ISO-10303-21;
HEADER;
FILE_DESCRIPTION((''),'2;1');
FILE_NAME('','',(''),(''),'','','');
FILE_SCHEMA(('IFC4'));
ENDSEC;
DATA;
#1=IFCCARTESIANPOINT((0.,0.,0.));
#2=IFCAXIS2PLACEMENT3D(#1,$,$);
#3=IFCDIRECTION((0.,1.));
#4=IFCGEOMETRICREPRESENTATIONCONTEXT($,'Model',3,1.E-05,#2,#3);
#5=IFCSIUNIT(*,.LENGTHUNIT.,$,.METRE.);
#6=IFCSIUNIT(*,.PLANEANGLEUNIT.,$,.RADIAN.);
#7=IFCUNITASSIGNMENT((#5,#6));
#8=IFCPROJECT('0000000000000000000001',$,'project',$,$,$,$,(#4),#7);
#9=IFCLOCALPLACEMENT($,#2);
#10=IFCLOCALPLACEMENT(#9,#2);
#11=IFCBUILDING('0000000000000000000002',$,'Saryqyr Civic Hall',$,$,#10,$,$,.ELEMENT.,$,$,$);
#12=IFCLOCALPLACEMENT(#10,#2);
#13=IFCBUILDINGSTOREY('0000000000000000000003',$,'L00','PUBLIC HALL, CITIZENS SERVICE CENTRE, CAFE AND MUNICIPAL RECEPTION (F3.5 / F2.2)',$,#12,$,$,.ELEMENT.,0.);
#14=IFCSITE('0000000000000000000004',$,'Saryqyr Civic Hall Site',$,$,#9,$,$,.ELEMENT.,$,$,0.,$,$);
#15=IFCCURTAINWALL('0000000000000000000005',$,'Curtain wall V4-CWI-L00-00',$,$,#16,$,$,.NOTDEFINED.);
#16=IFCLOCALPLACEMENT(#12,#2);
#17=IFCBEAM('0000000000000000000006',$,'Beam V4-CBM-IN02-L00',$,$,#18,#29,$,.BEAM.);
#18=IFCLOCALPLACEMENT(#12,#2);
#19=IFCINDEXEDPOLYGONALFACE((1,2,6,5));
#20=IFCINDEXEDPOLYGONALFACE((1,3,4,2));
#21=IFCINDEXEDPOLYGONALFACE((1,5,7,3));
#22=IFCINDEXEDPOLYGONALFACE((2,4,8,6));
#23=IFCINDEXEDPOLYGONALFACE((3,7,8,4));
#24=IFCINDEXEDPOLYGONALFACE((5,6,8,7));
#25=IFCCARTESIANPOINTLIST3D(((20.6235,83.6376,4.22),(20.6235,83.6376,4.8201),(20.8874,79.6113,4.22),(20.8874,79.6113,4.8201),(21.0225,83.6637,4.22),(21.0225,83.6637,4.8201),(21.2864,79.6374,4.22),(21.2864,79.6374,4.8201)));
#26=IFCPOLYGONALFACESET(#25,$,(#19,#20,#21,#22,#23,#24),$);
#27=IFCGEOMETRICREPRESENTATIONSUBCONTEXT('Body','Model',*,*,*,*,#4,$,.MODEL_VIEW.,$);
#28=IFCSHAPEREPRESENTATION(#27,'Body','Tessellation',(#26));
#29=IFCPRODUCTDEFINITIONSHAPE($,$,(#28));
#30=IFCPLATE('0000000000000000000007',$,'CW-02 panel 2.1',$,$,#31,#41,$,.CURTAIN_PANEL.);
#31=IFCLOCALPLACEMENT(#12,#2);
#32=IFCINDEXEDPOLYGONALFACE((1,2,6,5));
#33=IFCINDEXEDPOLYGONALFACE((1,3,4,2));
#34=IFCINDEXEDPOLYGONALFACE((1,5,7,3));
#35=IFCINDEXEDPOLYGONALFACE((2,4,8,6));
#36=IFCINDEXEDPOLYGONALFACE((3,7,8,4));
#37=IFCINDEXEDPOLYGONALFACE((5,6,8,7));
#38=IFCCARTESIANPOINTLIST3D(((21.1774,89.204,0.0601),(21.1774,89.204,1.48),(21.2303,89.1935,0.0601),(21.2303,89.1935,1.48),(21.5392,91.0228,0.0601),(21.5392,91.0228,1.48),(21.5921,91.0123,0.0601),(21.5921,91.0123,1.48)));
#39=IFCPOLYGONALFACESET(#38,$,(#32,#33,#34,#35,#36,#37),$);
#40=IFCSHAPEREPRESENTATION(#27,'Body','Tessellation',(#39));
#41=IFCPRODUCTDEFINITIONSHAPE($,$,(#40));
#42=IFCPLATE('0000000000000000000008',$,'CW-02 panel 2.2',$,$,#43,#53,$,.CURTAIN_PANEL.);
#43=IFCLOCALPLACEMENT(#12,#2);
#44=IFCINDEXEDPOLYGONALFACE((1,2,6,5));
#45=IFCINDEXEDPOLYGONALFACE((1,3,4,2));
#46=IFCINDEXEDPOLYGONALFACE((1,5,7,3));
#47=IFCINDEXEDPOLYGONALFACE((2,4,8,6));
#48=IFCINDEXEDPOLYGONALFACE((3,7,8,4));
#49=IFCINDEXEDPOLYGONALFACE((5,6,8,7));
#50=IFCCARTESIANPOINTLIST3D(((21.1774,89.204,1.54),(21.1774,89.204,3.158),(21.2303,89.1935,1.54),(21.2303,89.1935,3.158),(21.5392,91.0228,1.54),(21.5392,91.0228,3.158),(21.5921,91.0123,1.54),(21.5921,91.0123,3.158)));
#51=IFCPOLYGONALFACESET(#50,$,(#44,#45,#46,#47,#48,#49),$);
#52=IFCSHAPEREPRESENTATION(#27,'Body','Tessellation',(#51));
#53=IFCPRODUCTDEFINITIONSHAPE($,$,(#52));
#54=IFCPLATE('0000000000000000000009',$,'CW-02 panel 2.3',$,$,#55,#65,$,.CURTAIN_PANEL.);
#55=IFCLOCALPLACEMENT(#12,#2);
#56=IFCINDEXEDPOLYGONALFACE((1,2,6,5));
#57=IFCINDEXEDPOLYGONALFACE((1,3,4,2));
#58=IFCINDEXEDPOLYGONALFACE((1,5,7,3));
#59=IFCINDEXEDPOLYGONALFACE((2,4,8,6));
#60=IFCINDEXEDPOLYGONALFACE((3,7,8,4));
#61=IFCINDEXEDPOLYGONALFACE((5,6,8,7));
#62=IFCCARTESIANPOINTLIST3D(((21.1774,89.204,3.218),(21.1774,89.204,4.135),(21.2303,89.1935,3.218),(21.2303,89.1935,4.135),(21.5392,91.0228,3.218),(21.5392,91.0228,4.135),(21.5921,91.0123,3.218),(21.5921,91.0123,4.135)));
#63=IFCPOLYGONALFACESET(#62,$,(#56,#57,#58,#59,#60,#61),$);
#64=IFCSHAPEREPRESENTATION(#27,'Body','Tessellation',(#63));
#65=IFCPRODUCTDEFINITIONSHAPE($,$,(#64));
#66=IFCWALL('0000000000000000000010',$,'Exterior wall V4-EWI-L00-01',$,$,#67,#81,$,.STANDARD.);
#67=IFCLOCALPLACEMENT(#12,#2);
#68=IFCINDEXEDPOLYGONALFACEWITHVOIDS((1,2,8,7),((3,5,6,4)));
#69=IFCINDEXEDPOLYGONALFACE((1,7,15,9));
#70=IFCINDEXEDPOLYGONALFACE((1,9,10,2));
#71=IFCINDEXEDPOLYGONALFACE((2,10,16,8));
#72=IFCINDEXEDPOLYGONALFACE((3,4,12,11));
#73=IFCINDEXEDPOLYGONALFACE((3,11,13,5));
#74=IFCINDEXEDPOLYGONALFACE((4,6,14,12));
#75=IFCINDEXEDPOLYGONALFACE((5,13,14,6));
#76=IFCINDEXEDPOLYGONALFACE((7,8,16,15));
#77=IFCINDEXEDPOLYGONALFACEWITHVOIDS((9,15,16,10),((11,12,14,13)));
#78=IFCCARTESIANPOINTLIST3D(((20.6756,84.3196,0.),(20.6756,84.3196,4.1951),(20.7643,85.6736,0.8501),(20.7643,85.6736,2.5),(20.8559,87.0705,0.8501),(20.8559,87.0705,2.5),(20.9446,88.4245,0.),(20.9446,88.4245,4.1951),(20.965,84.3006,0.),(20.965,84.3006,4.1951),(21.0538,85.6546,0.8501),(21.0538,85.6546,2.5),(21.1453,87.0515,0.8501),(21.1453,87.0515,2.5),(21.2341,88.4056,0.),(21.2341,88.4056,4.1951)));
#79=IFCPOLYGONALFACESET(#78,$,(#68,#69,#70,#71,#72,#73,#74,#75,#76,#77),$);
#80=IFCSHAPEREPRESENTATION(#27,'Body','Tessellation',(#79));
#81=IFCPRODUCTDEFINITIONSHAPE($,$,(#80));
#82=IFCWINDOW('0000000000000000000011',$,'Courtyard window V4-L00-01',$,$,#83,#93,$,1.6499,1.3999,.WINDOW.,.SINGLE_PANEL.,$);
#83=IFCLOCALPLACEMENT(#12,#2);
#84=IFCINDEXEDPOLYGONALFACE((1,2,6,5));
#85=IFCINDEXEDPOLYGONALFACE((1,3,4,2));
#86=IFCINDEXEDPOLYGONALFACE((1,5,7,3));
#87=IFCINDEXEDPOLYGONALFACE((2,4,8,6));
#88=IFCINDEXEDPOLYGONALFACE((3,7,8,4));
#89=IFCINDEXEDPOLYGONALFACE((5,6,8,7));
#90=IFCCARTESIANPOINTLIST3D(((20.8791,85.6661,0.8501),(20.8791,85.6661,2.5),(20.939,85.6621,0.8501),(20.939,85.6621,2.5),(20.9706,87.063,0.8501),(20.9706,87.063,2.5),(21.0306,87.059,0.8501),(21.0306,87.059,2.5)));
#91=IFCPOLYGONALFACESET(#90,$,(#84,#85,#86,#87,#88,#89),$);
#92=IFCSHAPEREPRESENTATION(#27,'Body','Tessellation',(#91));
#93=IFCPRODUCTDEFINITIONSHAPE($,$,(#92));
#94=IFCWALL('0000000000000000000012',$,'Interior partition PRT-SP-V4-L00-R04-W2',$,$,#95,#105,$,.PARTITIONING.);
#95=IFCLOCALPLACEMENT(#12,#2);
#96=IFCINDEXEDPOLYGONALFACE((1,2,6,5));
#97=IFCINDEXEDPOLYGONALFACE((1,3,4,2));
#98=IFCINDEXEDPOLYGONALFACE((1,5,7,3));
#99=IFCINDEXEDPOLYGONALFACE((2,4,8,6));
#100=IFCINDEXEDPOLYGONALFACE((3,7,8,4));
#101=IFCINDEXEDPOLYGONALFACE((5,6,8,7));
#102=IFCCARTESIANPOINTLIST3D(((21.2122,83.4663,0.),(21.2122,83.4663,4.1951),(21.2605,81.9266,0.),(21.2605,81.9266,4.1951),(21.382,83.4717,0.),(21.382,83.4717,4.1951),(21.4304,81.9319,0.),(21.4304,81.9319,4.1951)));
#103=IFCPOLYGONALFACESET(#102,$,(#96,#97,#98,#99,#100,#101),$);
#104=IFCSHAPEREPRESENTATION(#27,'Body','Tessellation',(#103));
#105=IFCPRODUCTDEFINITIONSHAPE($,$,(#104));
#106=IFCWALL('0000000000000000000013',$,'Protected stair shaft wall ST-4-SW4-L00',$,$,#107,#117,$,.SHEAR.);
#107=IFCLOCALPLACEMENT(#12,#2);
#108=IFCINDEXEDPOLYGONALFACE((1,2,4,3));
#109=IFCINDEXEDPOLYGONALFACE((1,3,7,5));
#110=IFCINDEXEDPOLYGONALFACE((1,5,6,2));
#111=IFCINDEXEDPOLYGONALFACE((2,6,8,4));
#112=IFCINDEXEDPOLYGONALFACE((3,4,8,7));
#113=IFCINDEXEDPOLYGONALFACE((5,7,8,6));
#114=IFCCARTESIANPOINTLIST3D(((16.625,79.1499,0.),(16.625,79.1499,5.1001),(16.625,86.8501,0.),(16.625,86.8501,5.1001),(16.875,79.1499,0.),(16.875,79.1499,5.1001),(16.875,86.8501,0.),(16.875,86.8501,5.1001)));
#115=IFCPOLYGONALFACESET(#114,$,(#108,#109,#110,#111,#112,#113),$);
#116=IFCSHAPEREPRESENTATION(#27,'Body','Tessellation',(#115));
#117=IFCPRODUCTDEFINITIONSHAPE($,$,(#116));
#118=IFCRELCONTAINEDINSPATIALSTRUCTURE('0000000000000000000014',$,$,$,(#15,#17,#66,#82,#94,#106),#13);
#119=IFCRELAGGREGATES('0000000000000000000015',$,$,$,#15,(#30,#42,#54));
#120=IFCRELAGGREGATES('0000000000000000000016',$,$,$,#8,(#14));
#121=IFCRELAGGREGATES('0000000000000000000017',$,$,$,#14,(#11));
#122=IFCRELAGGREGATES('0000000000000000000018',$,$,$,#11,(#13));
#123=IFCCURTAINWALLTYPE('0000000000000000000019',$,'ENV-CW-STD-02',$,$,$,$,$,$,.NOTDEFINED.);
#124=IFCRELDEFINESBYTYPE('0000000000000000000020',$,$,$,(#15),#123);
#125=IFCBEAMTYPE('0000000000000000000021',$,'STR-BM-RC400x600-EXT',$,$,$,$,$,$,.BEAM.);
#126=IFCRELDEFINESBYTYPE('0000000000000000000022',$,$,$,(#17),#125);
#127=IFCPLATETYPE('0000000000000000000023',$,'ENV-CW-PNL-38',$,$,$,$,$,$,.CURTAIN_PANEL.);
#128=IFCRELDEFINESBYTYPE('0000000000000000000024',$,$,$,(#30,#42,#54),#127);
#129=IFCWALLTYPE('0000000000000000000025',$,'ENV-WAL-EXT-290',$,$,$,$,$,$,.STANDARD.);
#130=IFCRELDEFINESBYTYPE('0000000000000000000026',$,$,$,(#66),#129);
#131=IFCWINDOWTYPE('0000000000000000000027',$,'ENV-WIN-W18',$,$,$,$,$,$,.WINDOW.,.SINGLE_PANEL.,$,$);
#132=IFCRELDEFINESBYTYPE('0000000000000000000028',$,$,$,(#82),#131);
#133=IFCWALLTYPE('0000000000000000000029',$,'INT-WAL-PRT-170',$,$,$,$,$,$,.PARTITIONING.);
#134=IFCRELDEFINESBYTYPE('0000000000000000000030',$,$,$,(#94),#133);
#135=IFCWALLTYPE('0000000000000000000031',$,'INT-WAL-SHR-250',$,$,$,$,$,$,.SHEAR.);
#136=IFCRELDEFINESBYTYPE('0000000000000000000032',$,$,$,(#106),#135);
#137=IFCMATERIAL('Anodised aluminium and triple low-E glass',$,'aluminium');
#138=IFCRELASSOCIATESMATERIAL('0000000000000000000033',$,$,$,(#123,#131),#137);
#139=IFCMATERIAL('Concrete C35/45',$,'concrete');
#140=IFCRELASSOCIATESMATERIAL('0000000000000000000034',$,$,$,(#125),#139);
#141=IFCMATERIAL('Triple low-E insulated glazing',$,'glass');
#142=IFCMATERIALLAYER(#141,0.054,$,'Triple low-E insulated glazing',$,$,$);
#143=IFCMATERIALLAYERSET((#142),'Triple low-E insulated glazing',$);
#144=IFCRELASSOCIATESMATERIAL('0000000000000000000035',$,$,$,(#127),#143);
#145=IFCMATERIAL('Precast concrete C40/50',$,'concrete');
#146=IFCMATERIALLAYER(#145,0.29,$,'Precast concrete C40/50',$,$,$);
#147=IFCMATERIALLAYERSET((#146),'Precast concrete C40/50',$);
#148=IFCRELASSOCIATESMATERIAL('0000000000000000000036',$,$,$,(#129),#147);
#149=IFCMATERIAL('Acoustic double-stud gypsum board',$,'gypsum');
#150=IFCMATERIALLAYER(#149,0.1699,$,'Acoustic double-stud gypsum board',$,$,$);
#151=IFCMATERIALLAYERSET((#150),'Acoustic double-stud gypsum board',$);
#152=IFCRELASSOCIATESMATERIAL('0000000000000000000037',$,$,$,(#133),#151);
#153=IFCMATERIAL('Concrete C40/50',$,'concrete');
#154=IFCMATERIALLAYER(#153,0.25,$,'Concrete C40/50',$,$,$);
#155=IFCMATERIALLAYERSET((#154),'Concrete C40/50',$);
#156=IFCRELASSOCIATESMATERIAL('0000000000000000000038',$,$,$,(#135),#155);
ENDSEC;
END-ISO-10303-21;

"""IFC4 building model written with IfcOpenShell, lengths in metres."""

from ifc_helpers import new_model, si_unit, direction, frame, frame_2d, origin, origin_2d, place, context, subcontext, project, spatial, rectangle, extrude, material, layer, layer_set, material_profile, profile_set, type_object, element, fill, aggregate, save


model = new_model("IFC4")

# Units and contexts
model_context = context("Model", 3, precision=1e-05, world=origin(), true_north=direction((0.0, 1.0)))
body_context = subcontext(model_context, "Body", "Model", "MODEL_VIEW")
ifc_project = project(units=[si_unit("LENGTHUNIT", "METRE"), si_unit("PLANEANGLEUNIT", "RADIAN")], contexts=[model_context])

# Site, building, storey
site_placement = place(None, origin())
site = spatial("IfcSite", under=ifc_project, at=site_placement, Name="Saryqyr Civic Hall Site", CompositionType="ELEMENT", RefElevation=0.0)
building_placement = place(site_placement, origin())
building = spatial("IfcBuilding", under=site, at=building_placement, Name="Saryqyr Civic Hall", CompositionType="ELEMENT")
storey_placement = place(building_placement, origin())
storey = spatial("IfcBuildingStorey", under=building, at=storey_placement, Name="L00", Description="PUBLIC HALL, CITIZENS SERVICE CENTRE, CAFE AND MUNICIPAL RECEPTION (F3.5 / F2.2)", CompositionType="ELEMENT", Elevation=0.0)

# Shared definitions
ifc_material_1 = material(Name="Concrete C40/50", Category="concrete")

# Curtain wall
ifc_material_2 = material(Name="Anodised aluminium and triple low-E glass", Category="aluminium")
curtain_wall_type = type_object("IfcCurtainWallType", Name="ENV-CW-STD-02", PredefinedType="NOTDEFINED", material=ifc_material_2)
curtain_wall_1_placement = place(storey_placement, origin())
curtain_wall_1 = element("IfcCurtainWall", 1, at=curtain_wall_1_placement, inside=storey, type_object=curtain_wall_type, Name="Curtain wall V4-CWI-L00-00", PredefinedType="NOTDEFINED")

# Beam
ifc_material_3 = material(Name="Concrete C35/45", Category="concrete")
ifc_material_profile_1 = material_profile(ifc_material_3, rectangle(XDim=0.3999, YDim=0.6001, at=origin_2d()), Name="RC 400x600")
ifc_profile_set_1 = profile_set([ifc_material_profile_1], Name="Concrete C35/45")
beam_type_1 = type_object("IfcBeamType", Name="STR-BM-RC400x600-EXT", PredefinedType="BEAM", material=ifc_profile_set_1)
for number, where, z_axis, x_axis, name in (
    (2, (20.823, 83.6506, 4.52), (0.065407, -0.997859, 0.0), (0.997859, 0.065407, 0.0), "Beam V4-CBM-IN02-L00"),
):
    element("IfcBeam", number, at=place(storey_placement, frame(where, z_axis=z_axis, x_axis=x_axis)), inside=storey, type_object=beam_type_1, Name=name, PredefinedType="BEAM", context=body_context, shape_type="SweptSolid", body=[
        extrude(rectangle(XDim=0.3999, YDim=0.6001, at=origin_2d()), origin(), (0.0, 0.0, 1.0), 4.0349),
    ])

# Plates
ifc_material_4 = material(Name="Triple low-E insulated glazing", Category="glass")
ifc_layer_1 = layer(ifc_material_4, 0.054, Name="Triple low-E insulated glazing")
ifc_layer_set_1 = layer_set([ifc_layer_1], Name="Triple low-E insulated glazing")
plate_type = type_object("IfcPlateType", Name="ENV-CW-PNL-38", PredefinedType="CURTAIN_PANEL", material=ifc_layer_set_1)
plate_1_placement = place(storey_placement, frame((21.3848, 90.1082, 0.0601), z_axis=(0.0, 0.0, 1.0), x_axis=(-0.195117, -0.98078, 0.0)))
plate_1 = element("IfcPlate", 3, at=plate_1_placement, type_object=plate_type, Name="CW-02 panel 2.1", PredefinedType="CURTAIN_PANEL", context=body_context, shape_type="SweptSolid", body=[
    extrude(rectangle(XDim=1.8545, YDim=0.054, at=origin_2d()), origin(), (0.0, 0.0, 1.0), 1.4199),
])
plate_2_placement = place(storey_placement, frame((21.3848, 90.1082, 1.54), z_axis=(0.0, 0.0, 1.0), x_axis=(-0.195117, -0.98078, 0.0)))
plate_2 = element("IfcPlate", 4, at=plate_2_placement, type_object=plate_type, Name="CW-02 panel 2.2", PredefinedType="CURTAIN_PANEL", context=body_context, shape_type="SweptSolid", body=[
    extrude(rectangle(XDim=1.8545, YDim=0.054, at=origin_2d()), origin(), (0.0, 0.0, 1.0), 1.6179),
])
plate_3_placement = place(storey_placement, frame((21.3848, 90.1082, 3.218), z_axis=(0.0, 0.0, 1.0), x_axis=(-0.195117, -0.98078, 0.0)))
plate_3 = element("IfcPlate", 5, at=plate_3_placement, type_object=plate_type, Name="CW-02 panel 2.3", PredefinedType="CURTAIN_PANEL", context=body_context, shape_type="SweptSolid", body=[
    extrude(rectangle(XDim=1.8545, YDim=0.054, at=origin_2d()), origin(), (0.0, 0.0, 1.0), 0.917),
])
aggregate(curtain_wall_1, [plate_1, plate_2, plate_3])

# Wall, opening, window
ifc_material_5 = material(Name="Precast concrete C40/50", Category="concrete")
ifc_layer_2 = layer(ifc_material_5, 0.29, Name="Precast concrete C40/50")
ifc_layer_set_2 = layer_set([ifc_layer_2], Name="Precast concrete C40/50")
wall_type_1 = type_object("IfcWallType", Name="ENV-WAL-EXT-290", PredefinedType="STANDARD", material=ifc_layer_set_2)
wall_1_placement = place(storey_placement, frame((21.0894, 88.415, 0.0), z_axis=(0.0, 0.0, 1.0), x_axis=(-0.0654, -0.997859, 0.0)))
wall_1 = element("IfcWall", 6, at=wall_1_placement, inside=storey, type_object=wall_type_1, Name="Exterior wall V4-EWI-L00-01", PredefinedType="STANDARD", context=body_context, shape_type="SweptSolid", body=[
    extrude(rectangle(XDim=4.1138, YDim=0.29, at=frame_2d((2.0569, 0.0))), origin(), (0.0, 0.0, 1.0), 4.1951),
])
opening_placement = place(wall_1_placement, frame((1.3569, 0.0, 0.8501)))
opening = element("IfcOpeningElement", 7, at=opening_placement, cuts=wall_1, PredefinedType="OPENING", context=body_context, shape_type="SweptSolid", body=[
    extrude(rectangle(XDim=1.3999, YDim=1.6499, at=frame_2d((0.7, 0.825))), frame((0.0, 0.155, 0.0), z_axis=(0.0, -1.0, 0.0), x_axis=(1.0, 0.0, 0.0)), (0.0, 0.0, 1.0), 0.3101),
])
window_type = type_object("IfcWindowType", Name="ENV-WIN-W18", PartitioningType="SINGLE_PANEL", PredefinedType="WINDOW", material=ifc_material_2)
window_placement = place(opening_placement, origin())
window = element("IfcWindow", 8, at=window_placement, inside=storey, type_object=window_type, Name="Courtyard window V4-L00-01", OverallHeight=1.6499, OverallWidth=1.3999, PartitioningType="SINGLE_PANEL", PredefinedType="WINDOW", context=body_context, shape_type="SweptSolid", body=[
    extrude(rectangle(XDim=1.3999, YDim=1.6499, at=frame_2d((0.7, 0.825))), frame((0.0, 0.03, 0.0), z_axis=(0.0, -1.0, 0.0), x_axis=(1.0, 0.0, 0.0)), (0.0, 0.0, 1.0), 0.0601),
])
fill(opening, window)

# Walls
ifc_material_6 = material(Name="Acoustic double-stud gypsum board", Category="gypsum")
ifc_layer_3 = layer(ifc_material_6, 0.1699, Name="Acoustic double-stud gypsum board")
ifc_layer_set_3 = layer_set([ifc_layer_3], Name="Acoustic double-stud gypsum board")
wall_type_2 = type_object("IfcWallType", Name="INT-WAL-PRT-170", PredefinedType="PARTITIONING", material=ifc_layer_set_3)
wall_2_placement = place(storey_placement, frame((21.2971, 83.469, 0.0), z_axis=(0.0, 0.0, 1.0), x_axis=(0.031378, -0.999508, 0.0)))
element("IfcWall", 9, at=wall_2_placement, inside=storey, type_object=wall_type_2, Name="Interior partition PRT-SP-V4-L00-R04-W2", PredefinedType="PARTITIONING", context=body_context, shape_type="SweptSolid", body=[
    extrude(rectangle(XDim=1.5405, YDim=0.1699, at=frame_2d((0.7703, 0.0))), origin(), (0.0, 0.0, 1.0), 4.1951),
])
ifc_layer_4 = layer(ifc_material_1, 0.25, Name="Concrete C40/50")
ifc_layer_set_4 = layer_set([ifc_layer_4], Name="Concrete C40/50")
wall_type_3 = type_object("IfcWallType", Name="INT-WAL-SHR-250", PredefinedType="SHEAR", material=ifc_layer_set_4)
wall_3_placement = place(storey_placement, frame((16.75, 86.8501, 0.0), z_axis=(0.0, 0.0, 1.0), x_axis=(0.0, -1.0, 0.0)))
element("IfcWall", 10, at=wall_3_placement, inside=storey, type_object=wall_type_3, Name="Protected stair shaft wall ST-4-SW4-L00", PredefinedType="SHEAR", context=body_context, shape_type="SweptSolid", body=[
    extrude(rectangle(XDim=7.7002, YDim=0.25, at=frame_2d((3.8501, 0.0))), origin(), (0.0, 0.0, 1.0), 5.1001),
])

save(model, "model.ifc")
